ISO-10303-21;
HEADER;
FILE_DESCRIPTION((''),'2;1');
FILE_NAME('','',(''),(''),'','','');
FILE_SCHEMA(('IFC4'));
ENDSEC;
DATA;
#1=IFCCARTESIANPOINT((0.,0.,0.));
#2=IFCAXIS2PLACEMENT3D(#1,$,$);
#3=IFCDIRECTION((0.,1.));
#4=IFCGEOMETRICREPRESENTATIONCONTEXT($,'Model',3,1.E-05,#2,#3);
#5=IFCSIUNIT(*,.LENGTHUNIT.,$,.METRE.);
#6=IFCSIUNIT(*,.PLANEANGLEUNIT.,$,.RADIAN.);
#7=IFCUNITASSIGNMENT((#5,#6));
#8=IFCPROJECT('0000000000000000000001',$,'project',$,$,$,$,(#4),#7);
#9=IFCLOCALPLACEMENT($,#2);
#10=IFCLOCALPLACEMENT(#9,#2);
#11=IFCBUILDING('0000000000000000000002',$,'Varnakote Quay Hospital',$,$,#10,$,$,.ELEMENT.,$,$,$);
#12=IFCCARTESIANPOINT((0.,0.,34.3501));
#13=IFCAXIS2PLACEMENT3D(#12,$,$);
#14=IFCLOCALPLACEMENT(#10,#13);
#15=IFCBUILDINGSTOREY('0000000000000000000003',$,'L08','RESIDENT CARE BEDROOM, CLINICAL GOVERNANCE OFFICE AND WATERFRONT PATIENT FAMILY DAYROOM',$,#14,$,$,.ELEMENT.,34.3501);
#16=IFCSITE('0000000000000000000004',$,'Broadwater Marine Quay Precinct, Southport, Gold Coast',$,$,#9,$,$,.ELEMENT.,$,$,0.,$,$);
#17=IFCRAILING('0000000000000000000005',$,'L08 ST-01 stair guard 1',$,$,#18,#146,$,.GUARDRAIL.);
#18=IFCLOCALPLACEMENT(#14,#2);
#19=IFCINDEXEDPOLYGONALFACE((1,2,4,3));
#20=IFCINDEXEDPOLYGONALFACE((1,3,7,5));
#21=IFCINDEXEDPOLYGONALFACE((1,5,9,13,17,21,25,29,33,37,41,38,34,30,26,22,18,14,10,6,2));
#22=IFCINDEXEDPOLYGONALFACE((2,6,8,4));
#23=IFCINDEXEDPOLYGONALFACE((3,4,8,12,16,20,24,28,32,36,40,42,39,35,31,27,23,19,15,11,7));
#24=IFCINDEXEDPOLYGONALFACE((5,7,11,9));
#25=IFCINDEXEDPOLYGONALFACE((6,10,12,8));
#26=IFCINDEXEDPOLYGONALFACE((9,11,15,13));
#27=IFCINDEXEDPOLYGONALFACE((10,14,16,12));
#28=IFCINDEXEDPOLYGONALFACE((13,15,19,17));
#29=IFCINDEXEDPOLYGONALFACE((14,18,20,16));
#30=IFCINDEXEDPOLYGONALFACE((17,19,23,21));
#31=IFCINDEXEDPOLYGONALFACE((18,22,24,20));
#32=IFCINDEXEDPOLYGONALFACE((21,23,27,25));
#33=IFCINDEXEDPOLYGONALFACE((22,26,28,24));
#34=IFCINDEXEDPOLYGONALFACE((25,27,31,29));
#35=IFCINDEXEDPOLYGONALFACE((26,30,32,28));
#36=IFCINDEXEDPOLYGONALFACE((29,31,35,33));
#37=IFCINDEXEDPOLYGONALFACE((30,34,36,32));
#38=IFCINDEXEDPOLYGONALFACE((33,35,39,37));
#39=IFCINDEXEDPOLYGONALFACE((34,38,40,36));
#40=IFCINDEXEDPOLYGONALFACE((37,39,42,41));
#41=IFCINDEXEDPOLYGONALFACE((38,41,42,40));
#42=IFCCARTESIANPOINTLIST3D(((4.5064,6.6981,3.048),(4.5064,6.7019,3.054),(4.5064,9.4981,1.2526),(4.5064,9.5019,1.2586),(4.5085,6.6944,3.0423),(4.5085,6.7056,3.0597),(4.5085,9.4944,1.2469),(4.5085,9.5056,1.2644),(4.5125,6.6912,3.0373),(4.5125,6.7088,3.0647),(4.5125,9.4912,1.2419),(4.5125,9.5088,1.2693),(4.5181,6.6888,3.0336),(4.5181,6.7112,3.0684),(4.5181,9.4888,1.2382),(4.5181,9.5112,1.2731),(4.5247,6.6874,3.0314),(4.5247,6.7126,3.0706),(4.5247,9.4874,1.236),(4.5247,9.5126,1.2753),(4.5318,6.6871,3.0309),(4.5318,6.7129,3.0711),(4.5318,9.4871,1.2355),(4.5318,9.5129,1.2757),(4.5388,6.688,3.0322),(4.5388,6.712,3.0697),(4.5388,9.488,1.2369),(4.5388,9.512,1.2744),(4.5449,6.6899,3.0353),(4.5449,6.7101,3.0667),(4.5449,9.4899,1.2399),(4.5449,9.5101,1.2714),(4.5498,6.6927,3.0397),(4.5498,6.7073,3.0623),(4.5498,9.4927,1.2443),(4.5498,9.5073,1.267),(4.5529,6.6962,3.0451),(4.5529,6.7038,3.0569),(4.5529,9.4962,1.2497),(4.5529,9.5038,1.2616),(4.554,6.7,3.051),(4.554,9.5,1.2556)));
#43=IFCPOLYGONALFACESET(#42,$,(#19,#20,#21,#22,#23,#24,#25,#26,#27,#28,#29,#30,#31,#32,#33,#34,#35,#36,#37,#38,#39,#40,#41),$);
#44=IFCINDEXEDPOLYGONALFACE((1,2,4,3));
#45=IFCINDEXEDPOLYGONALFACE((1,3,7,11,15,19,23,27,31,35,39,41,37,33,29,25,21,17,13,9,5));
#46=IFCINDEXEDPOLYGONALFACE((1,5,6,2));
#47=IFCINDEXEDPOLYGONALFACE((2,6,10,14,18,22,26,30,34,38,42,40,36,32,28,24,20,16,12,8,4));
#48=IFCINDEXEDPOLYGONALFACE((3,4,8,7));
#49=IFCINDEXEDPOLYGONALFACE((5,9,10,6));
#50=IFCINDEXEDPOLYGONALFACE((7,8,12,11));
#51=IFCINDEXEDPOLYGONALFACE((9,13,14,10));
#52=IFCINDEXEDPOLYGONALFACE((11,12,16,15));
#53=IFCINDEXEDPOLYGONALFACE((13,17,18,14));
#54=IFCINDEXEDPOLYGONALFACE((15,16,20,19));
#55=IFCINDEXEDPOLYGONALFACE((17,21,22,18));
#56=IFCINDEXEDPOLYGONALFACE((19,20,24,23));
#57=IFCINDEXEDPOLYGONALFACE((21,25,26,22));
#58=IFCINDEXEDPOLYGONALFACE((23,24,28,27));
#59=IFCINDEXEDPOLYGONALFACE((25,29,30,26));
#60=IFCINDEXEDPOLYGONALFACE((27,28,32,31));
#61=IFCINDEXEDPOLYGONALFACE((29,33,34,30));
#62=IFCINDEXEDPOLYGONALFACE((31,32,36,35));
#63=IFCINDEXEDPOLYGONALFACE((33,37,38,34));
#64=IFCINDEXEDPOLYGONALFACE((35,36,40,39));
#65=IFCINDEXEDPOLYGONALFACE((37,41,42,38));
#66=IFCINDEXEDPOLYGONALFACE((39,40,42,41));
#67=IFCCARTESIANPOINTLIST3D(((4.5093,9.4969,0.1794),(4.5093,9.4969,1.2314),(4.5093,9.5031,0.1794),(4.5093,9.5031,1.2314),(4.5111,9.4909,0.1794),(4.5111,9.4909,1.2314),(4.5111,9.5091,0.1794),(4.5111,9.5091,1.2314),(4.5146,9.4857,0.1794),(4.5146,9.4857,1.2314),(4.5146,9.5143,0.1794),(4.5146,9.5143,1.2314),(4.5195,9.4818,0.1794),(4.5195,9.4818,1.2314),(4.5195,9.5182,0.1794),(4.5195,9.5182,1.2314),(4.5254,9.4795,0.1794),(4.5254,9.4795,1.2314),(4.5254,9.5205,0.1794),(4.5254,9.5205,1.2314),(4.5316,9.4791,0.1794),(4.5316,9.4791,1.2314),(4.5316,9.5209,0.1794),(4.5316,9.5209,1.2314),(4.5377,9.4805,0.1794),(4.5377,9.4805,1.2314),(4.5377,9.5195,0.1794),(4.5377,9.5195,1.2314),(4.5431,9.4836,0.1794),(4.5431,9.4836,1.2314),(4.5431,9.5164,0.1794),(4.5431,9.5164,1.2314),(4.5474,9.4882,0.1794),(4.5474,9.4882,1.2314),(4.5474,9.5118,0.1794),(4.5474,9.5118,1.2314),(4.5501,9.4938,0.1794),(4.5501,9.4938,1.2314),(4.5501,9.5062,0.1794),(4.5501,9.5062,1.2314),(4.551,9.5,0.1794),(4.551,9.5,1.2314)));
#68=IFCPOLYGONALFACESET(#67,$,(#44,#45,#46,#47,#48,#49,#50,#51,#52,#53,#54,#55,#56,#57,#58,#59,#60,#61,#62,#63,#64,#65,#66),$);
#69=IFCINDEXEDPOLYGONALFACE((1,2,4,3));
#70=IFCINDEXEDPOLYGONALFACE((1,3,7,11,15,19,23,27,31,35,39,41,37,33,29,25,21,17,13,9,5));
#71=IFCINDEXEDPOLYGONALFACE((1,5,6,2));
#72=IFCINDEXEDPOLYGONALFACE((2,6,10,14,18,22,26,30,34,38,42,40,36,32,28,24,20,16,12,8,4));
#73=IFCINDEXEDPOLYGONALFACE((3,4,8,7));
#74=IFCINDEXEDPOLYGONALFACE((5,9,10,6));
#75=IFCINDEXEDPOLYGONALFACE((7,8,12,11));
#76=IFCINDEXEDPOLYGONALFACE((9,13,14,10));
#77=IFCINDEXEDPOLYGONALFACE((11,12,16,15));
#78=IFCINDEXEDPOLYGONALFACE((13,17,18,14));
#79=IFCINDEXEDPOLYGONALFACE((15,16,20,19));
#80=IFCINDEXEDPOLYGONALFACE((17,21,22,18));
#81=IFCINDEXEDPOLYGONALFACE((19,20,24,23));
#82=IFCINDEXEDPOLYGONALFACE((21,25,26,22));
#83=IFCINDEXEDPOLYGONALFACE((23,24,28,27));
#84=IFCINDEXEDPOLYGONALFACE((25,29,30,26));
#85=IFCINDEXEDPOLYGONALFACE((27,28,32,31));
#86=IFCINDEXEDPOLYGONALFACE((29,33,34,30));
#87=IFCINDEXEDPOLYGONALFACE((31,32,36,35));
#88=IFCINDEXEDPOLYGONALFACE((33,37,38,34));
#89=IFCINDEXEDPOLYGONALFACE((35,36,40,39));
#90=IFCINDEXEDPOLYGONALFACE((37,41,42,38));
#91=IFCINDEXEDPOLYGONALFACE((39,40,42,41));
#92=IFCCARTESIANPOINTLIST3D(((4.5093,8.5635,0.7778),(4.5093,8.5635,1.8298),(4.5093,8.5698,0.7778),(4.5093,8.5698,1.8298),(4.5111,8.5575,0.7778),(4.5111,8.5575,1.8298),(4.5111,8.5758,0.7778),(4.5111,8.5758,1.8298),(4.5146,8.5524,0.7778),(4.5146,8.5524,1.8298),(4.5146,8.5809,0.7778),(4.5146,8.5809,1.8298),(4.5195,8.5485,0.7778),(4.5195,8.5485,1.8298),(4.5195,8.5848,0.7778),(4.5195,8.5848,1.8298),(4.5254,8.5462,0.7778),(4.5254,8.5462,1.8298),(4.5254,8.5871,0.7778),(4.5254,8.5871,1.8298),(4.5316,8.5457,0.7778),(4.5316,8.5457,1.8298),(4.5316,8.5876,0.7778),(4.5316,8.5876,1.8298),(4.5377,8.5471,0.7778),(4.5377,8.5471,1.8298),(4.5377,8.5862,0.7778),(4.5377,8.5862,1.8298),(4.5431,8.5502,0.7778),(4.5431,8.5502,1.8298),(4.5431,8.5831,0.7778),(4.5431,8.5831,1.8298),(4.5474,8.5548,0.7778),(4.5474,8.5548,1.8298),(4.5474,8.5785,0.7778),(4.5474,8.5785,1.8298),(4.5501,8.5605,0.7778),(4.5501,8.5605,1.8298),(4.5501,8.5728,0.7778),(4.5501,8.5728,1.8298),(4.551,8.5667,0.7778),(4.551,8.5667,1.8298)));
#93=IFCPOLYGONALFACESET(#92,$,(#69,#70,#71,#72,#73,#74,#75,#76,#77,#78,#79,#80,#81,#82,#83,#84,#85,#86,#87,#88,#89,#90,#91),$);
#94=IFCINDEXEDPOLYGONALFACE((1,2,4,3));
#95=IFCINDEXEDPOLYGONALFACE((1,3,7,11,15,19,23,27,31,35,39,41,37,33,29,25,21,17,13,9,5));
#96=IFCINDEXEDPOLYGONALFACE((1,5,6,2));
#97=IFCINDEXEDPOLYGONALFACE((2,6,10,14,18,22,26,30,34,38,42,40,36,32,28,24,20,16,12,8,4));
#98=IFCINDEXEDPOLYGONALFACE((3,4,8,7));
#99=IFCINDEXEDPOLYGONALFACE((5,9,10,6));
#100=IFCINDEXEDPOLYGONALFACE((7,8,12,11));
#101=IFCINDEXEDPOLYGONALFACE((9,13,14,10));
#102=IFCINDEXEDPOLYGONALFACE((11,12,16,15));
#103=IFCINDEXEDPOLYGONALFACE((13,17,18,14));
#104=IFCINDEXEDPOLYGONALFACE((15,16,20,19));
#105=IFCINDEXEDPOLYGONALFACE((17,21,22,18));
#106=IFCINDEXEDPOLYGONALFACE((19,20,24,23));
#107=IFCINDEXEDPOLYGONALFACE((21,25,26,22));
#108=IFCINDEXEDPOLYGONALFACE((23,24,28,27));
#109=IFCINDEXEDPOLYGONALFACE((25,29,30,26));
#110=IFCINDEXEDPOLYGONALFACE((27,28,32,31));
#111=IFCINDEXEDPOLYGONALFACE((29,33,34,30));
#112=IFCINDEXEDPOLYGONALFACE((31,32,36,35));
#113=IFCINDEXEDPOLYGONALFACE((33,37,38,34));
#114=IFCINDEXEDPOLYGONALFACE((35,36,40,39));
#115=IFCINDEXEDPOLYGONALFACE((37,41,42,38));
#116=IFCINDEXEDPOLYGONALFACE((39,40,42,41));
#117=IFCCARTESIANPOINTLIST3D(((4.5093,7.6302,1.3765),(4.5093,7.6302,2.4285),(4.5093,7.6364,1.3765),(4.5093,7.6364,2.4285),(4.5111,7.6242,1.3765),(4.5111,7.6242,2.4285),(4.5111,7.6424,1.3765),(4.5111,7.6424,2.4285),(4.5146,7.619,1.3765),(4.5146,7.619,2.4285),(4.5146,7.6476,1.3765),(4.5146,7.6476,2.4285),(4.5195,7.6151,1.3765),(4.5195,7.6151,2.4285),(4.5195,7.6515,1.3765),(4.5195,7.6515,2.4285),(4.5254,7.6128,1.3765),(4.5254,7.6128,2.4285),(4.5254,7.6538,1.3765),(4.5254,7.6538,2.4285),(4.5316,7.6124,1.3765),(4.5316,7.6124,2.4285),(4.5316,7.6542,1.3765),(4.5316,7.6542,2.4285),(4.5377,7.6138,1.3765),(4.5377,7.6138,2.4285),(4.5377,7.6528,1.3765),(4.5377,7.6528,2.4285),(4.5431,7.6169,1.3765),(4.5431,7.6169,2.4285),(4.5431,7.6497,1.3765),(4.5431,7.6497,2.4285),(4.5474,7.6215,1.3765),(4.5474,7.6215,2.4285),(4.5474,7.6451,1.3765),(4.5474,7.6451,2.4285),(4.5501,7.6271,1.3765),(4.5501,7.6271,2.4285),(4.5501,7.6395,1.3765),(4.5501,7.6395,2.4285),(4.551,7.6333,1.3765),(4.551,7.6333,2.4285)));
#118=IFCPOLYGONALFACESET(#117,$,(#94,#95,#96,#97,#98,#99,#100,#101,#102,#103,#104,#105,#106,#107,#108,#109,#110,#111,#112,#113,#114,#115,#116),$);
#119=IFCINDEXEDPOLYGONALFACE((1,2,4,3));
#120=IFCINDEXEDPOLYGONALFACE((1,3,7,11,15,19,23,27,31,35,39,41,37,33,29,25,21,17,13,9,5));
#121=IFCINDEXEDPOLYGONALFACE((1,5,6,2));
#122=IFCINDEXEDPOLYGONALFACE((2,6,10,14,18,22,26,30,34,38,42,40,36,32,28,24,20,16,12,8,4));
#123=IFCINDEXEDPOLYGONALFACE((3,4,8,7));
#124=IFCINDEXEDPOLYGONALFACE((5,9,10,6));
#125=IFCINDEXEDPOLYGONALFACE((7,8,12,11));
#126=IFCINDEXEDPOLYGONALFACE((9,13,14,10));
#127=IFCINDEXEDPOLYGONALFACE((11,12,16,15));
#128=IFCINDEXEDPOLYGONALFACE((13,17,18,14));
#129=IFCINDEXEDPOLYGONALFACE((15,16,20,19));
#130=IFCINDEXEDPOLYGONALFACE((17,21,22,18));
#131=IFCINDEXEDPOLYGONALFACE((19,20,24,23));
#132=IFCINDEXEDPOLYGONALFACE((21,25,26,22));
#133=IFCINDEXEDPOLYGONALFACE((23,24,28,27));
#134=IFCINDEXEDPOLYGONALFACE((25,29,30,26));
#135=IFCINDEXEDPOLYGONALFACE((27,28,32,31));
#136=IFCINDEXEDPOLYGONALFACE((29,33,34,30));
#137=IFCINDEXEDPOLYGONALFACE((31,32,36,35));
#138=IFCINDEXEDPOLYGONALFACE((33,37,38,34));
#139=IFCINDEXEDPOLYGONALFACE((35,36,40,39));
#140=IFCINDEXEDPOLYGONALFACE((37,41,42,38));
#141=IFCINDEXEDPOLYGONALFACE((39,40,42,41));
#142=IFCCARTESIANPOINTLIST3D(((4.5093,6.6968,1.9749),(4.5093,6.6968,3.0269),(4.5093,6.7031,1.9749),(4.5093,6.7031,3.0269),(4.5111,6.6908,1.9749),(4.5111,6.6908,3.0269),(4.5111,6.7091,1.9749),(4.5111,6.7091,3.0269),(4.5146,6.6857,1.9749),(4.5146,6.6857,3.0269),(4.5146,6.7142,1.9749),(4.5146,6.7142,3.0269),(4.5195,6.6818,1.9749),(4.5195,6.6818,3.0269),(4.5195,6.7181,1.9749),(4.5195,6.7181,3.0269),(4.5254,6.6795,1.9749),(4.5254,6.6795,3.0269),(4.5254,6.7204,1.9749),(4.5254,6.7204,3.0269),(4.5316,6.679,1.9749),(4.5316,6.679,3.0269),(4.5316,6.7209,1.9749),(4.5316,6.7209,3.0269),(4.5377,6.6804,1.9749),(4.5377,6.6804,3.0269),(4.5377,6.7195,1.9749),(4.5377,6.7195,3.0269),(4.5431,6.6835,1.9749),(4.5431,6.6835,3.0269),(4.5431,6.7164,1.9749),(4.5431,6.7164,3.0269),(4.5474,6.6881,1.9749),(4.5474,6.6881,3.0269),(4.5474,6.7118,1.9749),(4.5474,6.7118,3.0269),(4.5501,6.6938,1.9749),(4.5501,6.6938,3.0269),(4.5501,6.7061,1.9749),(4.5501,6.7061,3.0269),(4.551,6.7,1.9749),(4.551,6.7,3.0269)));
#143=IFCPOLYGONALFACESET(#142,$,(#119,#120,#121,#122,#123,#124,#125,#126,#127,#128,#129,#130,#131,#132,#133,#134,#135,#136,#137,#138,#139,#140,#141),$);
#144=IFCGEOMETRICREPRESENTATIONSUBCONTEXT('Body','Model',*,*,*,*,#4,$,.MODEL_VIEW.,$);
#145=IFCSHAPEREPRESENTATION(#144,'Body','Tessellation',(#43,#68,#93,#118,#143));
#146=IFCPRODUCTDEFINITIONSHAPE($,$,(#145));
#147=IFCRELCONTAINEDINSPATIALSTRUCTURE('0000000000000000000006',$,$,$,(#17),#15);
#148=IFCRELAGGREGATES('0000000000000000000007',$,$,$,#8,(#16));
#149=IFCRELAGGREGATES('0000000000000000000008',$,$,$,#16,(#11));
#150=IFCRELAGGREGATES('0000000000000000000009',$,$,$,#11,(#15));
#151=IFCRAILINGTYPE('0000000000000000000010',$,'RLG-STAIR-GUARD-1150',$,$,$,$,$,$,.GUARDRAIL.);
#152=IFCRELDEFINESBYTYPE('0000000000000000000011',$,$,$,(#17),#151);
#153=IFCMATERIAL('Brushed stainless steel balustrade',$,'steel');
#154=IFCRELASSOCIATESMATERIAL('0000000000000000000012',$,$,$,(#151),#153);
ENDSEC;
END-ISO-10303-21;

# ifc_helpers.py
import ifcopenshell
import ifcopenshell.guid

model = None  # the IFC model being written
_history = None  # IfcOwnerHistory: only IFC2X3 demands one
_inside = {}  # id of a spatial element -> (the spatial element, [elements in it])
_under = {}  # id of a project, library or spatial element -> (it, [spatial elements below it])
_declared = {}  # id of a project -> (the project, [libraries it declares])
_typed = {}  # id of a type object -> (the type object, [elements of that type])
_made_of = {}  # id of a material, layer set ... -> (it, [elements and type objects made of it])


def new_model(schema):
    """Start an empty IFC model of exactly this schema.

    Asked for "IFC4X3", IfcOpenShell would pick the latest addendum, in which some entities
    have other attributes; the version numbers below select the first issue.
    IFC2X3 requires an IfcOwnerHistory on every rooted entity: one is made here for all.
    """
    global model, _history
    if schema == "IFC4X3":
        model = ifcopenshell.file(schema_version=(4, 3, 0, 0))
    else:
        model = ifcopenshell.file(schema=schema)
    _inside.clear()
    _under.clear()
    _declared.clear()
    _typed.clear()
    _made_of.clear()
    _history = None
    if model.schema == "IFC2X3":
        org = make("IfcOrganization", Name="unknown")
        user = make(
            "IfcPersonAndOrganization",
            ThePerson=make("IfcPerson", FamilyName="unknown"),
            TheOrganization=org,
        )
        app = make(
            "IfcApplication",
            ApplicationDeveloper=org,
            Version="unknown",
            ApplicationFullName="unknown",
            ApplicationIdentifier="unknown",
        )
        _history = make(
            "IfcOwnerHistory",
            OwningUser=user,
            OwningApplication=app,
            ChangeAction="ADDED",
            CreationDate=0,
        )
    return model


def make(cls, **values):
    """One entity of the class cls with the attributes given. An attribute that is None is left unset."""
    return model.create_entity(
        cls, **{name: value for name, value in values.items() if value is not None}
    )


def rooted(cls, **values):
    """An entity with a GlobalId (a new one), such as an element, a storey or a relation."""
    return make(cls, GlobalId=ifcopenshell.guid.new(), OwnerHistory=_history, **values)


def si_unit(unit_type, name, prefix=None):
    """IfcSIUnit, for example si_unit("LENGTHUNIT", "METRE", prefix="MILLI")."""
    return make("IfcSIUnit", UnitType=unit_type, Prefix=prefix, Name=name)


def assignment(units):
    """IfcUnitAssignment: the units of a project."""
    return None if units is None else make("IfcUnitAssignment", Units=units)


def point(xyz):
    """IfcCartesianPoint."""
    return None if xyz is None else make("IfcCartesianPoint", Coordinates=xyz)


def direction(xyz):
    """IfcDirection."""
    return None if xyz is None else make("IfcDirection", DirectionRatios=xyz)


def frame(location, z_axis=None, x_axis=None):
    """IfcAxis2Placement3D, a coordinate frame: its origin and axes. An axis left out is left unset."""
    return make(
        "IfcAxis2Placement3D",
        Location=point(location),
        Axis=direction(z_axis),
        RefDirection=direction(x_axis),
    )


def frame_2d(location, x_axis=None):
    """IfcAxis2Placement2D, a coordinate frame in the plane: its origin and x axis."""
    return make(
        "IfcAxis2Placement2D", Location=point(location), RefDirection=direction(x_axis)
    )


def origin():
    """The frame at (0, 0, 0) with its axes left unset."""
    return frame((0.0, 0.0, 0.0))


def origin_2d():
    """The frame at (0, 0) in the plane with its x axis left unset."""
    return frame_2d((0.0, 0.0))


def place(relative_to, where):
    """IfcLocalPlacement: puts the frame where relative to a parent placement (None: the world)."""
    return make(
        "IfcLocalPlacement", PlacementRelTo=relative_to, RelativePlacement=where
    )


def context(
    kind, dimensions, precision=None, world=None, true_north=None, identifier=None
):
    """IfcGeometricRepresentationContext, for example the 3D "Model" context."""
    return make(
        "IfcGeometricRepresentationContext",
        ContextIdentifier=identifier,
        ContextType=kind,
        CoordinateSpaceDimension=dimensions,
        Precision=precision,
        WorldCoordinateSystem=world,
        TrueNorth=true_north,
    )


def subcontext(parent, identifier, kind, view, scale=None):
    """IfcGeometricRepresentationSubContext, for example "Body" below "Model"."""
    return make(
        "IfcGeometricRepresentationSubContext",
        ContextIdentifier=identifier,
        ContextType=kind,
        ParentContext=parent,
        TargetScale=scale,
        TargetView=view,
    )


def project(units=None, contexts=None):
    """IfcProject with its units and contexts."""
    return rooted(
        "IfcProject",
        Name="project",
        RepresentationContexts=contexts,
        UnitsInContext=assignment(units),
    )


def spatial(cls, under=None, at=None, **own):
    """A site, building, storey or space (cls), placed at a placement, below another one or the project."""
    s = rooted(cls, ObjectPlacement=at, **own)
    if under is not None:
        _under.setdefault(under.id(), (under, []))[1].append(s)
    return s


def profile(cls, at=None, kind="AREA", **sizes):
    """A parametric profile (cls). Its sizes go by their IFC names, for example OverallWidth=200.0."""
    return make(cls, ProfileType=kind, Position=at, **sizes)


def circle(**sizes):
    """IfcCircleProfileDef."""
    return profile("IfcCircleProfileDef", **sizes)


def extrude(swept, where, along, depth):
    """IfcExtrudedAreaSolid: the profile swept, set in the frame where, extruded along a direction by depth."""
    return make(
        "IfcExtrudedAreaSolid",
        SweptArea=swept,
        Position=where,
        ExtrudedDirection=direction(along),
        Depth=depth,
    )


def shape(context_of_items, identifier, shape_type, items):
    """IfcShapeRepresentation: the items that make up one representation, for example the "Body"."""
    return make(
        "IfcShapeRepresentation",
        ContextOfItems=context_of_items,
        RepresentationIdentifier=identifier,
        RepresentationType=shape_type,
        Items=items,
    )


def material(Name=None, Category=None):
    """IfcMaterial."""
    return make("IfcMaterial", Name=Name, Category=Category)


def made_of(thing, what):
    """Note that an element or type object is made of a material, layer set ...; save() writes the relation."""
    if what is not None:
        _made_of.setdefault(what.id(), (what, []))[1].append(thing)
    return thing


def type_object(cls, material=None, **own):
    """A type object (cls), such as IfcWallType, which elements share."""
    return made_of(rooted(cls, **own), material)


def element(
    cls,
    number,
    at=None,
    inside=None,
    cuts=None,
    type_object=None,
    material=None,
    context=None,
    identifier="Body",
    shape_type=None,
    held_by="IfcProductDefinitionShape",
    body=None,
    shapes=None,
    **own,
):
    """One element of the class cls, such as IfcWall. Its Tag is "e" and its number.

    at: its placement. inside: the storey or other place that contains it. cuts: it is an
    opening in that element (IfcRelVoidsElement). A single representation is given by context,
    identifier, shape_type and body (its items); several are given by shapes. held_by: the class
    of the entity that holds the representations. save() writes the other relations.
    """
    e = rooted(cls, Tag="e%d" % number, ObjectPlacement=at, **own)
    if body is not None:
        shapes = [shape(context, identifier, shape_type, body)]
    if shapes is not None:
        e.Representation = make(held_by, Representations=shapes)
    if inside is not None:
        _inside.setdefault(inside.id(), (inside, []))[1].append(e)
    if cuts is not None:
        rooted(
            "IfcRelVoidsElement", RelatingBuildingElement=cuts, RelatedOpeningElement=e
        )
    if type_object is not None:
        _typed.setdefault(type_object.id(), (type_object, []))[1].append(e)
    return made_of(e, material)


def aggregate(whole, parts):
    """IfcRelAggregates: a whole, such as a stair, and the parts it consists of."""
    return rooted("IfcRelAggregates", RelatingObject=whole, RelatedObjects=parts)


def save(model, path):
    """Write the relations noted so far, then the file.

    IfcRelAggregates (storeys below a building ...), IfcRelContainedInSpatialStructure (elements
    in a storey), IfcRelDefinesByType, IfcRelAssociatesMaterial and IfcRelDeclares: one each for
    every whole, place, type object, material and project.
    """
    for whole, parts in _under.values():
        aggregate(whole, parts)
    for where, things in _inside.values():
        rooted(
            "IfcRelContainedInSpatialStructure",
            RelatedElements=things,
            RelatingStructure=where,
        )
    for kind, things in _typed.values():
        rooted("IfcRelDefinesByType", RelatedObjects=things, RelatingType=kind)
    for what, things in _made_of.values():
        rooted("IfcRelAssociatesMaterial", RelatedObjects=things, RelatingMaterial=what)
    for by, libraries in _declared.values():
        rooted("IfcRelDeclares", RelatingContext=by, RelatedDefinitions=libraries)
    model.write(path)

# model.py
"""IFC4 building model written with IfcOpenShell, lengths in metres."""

from ifc_helpers import new_model, si_unit, direction, frame, origin, origin_2d, place, context, subcontext, project, spatial, circle, extrude, material, type_object, element, save


model = new_model("IFC4")

# Units and contexts
model_context = context("Model", 3, precision=1e-05, world=origin(), true_north=direction((0.0, 1.0)))
body_context = subcontext(model_context, "Body", "Model", "MODEL_VIEW")
ifc_project = project(units=[si_unit("LENGTHUNIT", "METRE"), si_unit("PLANEANGLEUNIT", "RADIAN")], contexts=[model_context])

# Site, building, storey
site_placement = place(None, origin())
site = spatial("IfcSite", under=ifc_project, at=site_placement, Name="Broadwater Marine Quay Precinct, Southport, Gold Coast", CompositionType="ELEMENT", RefElevation=0.0)
building_placement = place(site_placement, origin())
building = spatial("IfcBuilding", under=site, at=building_placement, Name="Varnakote Quay Hospital", CompositionType="ELEMENT")
storey_placement = place(building_placement, frame((0.0, 0.0, 34.3501)))
storey = spatial("IfcBuildingStorey", under=building, at=storey_placement, Name="L08", Description="RESIDENT CARE BEDROOM, CLINICAL GOVERNANCE OFFICE AND WATERFRONT PATIENT FAMILY DAYROOM", CompositionType="ELEMENT", Elevation=34.3501)

# Railing
ifc_material_1 = material(Name="Brushed stainless steel balustrade", Category="steel")
railing_type_1 = type_object("IfcRailingType", Name="RLG-STAIR-GUARD-1150", PredefinedType="GUARDRAIL", material=ifc_material_1)
railing_1_placement = place(storey_placement, frame((4.53, 9.5, 0.1794)))
element("IfcRailing", 1, at=railing_1_placement, inside=storey, type_object=railing_type_1, Name="L08 ST-01 stair guard 1", PredefinedType="GUARDRAIL", context=body_context, shape_type="SweptSolid", body=[
    extrude(circle(Radius=0.0239, at=origin_2d()), frame((0.0, 0.0, 1.0762), z_axis=(0.0, -0.84181, 0.539774), x_axis=(1.0, 0.0, 0.0)), (0.0, 0.0, 1.0), 3.3262),
    extrude(circle(Radius=0.021, at=origin_2d()), origin(), (0.0, 0.0, 1.0), 1.052),
    extrude(circle(Radius=0.021, at=origin_2d()), frame((0.0, -0.9333, 0.5984)), (0.0, 0.0, 1.0), 1.052),
    extrude(circle(Radius=0.021, at=origin_2d()), frame((0.0, -1.8667, 1.197)), (0.0, 0.0, 1.0), 1.052),
    extrude(circle(Radius=0.021, at=origin_2d()), frame((0.0, -2.8, 1.7954)), (0.0, 0.0, 1.0), 1.052),
])

save(model, "model.ifc")
